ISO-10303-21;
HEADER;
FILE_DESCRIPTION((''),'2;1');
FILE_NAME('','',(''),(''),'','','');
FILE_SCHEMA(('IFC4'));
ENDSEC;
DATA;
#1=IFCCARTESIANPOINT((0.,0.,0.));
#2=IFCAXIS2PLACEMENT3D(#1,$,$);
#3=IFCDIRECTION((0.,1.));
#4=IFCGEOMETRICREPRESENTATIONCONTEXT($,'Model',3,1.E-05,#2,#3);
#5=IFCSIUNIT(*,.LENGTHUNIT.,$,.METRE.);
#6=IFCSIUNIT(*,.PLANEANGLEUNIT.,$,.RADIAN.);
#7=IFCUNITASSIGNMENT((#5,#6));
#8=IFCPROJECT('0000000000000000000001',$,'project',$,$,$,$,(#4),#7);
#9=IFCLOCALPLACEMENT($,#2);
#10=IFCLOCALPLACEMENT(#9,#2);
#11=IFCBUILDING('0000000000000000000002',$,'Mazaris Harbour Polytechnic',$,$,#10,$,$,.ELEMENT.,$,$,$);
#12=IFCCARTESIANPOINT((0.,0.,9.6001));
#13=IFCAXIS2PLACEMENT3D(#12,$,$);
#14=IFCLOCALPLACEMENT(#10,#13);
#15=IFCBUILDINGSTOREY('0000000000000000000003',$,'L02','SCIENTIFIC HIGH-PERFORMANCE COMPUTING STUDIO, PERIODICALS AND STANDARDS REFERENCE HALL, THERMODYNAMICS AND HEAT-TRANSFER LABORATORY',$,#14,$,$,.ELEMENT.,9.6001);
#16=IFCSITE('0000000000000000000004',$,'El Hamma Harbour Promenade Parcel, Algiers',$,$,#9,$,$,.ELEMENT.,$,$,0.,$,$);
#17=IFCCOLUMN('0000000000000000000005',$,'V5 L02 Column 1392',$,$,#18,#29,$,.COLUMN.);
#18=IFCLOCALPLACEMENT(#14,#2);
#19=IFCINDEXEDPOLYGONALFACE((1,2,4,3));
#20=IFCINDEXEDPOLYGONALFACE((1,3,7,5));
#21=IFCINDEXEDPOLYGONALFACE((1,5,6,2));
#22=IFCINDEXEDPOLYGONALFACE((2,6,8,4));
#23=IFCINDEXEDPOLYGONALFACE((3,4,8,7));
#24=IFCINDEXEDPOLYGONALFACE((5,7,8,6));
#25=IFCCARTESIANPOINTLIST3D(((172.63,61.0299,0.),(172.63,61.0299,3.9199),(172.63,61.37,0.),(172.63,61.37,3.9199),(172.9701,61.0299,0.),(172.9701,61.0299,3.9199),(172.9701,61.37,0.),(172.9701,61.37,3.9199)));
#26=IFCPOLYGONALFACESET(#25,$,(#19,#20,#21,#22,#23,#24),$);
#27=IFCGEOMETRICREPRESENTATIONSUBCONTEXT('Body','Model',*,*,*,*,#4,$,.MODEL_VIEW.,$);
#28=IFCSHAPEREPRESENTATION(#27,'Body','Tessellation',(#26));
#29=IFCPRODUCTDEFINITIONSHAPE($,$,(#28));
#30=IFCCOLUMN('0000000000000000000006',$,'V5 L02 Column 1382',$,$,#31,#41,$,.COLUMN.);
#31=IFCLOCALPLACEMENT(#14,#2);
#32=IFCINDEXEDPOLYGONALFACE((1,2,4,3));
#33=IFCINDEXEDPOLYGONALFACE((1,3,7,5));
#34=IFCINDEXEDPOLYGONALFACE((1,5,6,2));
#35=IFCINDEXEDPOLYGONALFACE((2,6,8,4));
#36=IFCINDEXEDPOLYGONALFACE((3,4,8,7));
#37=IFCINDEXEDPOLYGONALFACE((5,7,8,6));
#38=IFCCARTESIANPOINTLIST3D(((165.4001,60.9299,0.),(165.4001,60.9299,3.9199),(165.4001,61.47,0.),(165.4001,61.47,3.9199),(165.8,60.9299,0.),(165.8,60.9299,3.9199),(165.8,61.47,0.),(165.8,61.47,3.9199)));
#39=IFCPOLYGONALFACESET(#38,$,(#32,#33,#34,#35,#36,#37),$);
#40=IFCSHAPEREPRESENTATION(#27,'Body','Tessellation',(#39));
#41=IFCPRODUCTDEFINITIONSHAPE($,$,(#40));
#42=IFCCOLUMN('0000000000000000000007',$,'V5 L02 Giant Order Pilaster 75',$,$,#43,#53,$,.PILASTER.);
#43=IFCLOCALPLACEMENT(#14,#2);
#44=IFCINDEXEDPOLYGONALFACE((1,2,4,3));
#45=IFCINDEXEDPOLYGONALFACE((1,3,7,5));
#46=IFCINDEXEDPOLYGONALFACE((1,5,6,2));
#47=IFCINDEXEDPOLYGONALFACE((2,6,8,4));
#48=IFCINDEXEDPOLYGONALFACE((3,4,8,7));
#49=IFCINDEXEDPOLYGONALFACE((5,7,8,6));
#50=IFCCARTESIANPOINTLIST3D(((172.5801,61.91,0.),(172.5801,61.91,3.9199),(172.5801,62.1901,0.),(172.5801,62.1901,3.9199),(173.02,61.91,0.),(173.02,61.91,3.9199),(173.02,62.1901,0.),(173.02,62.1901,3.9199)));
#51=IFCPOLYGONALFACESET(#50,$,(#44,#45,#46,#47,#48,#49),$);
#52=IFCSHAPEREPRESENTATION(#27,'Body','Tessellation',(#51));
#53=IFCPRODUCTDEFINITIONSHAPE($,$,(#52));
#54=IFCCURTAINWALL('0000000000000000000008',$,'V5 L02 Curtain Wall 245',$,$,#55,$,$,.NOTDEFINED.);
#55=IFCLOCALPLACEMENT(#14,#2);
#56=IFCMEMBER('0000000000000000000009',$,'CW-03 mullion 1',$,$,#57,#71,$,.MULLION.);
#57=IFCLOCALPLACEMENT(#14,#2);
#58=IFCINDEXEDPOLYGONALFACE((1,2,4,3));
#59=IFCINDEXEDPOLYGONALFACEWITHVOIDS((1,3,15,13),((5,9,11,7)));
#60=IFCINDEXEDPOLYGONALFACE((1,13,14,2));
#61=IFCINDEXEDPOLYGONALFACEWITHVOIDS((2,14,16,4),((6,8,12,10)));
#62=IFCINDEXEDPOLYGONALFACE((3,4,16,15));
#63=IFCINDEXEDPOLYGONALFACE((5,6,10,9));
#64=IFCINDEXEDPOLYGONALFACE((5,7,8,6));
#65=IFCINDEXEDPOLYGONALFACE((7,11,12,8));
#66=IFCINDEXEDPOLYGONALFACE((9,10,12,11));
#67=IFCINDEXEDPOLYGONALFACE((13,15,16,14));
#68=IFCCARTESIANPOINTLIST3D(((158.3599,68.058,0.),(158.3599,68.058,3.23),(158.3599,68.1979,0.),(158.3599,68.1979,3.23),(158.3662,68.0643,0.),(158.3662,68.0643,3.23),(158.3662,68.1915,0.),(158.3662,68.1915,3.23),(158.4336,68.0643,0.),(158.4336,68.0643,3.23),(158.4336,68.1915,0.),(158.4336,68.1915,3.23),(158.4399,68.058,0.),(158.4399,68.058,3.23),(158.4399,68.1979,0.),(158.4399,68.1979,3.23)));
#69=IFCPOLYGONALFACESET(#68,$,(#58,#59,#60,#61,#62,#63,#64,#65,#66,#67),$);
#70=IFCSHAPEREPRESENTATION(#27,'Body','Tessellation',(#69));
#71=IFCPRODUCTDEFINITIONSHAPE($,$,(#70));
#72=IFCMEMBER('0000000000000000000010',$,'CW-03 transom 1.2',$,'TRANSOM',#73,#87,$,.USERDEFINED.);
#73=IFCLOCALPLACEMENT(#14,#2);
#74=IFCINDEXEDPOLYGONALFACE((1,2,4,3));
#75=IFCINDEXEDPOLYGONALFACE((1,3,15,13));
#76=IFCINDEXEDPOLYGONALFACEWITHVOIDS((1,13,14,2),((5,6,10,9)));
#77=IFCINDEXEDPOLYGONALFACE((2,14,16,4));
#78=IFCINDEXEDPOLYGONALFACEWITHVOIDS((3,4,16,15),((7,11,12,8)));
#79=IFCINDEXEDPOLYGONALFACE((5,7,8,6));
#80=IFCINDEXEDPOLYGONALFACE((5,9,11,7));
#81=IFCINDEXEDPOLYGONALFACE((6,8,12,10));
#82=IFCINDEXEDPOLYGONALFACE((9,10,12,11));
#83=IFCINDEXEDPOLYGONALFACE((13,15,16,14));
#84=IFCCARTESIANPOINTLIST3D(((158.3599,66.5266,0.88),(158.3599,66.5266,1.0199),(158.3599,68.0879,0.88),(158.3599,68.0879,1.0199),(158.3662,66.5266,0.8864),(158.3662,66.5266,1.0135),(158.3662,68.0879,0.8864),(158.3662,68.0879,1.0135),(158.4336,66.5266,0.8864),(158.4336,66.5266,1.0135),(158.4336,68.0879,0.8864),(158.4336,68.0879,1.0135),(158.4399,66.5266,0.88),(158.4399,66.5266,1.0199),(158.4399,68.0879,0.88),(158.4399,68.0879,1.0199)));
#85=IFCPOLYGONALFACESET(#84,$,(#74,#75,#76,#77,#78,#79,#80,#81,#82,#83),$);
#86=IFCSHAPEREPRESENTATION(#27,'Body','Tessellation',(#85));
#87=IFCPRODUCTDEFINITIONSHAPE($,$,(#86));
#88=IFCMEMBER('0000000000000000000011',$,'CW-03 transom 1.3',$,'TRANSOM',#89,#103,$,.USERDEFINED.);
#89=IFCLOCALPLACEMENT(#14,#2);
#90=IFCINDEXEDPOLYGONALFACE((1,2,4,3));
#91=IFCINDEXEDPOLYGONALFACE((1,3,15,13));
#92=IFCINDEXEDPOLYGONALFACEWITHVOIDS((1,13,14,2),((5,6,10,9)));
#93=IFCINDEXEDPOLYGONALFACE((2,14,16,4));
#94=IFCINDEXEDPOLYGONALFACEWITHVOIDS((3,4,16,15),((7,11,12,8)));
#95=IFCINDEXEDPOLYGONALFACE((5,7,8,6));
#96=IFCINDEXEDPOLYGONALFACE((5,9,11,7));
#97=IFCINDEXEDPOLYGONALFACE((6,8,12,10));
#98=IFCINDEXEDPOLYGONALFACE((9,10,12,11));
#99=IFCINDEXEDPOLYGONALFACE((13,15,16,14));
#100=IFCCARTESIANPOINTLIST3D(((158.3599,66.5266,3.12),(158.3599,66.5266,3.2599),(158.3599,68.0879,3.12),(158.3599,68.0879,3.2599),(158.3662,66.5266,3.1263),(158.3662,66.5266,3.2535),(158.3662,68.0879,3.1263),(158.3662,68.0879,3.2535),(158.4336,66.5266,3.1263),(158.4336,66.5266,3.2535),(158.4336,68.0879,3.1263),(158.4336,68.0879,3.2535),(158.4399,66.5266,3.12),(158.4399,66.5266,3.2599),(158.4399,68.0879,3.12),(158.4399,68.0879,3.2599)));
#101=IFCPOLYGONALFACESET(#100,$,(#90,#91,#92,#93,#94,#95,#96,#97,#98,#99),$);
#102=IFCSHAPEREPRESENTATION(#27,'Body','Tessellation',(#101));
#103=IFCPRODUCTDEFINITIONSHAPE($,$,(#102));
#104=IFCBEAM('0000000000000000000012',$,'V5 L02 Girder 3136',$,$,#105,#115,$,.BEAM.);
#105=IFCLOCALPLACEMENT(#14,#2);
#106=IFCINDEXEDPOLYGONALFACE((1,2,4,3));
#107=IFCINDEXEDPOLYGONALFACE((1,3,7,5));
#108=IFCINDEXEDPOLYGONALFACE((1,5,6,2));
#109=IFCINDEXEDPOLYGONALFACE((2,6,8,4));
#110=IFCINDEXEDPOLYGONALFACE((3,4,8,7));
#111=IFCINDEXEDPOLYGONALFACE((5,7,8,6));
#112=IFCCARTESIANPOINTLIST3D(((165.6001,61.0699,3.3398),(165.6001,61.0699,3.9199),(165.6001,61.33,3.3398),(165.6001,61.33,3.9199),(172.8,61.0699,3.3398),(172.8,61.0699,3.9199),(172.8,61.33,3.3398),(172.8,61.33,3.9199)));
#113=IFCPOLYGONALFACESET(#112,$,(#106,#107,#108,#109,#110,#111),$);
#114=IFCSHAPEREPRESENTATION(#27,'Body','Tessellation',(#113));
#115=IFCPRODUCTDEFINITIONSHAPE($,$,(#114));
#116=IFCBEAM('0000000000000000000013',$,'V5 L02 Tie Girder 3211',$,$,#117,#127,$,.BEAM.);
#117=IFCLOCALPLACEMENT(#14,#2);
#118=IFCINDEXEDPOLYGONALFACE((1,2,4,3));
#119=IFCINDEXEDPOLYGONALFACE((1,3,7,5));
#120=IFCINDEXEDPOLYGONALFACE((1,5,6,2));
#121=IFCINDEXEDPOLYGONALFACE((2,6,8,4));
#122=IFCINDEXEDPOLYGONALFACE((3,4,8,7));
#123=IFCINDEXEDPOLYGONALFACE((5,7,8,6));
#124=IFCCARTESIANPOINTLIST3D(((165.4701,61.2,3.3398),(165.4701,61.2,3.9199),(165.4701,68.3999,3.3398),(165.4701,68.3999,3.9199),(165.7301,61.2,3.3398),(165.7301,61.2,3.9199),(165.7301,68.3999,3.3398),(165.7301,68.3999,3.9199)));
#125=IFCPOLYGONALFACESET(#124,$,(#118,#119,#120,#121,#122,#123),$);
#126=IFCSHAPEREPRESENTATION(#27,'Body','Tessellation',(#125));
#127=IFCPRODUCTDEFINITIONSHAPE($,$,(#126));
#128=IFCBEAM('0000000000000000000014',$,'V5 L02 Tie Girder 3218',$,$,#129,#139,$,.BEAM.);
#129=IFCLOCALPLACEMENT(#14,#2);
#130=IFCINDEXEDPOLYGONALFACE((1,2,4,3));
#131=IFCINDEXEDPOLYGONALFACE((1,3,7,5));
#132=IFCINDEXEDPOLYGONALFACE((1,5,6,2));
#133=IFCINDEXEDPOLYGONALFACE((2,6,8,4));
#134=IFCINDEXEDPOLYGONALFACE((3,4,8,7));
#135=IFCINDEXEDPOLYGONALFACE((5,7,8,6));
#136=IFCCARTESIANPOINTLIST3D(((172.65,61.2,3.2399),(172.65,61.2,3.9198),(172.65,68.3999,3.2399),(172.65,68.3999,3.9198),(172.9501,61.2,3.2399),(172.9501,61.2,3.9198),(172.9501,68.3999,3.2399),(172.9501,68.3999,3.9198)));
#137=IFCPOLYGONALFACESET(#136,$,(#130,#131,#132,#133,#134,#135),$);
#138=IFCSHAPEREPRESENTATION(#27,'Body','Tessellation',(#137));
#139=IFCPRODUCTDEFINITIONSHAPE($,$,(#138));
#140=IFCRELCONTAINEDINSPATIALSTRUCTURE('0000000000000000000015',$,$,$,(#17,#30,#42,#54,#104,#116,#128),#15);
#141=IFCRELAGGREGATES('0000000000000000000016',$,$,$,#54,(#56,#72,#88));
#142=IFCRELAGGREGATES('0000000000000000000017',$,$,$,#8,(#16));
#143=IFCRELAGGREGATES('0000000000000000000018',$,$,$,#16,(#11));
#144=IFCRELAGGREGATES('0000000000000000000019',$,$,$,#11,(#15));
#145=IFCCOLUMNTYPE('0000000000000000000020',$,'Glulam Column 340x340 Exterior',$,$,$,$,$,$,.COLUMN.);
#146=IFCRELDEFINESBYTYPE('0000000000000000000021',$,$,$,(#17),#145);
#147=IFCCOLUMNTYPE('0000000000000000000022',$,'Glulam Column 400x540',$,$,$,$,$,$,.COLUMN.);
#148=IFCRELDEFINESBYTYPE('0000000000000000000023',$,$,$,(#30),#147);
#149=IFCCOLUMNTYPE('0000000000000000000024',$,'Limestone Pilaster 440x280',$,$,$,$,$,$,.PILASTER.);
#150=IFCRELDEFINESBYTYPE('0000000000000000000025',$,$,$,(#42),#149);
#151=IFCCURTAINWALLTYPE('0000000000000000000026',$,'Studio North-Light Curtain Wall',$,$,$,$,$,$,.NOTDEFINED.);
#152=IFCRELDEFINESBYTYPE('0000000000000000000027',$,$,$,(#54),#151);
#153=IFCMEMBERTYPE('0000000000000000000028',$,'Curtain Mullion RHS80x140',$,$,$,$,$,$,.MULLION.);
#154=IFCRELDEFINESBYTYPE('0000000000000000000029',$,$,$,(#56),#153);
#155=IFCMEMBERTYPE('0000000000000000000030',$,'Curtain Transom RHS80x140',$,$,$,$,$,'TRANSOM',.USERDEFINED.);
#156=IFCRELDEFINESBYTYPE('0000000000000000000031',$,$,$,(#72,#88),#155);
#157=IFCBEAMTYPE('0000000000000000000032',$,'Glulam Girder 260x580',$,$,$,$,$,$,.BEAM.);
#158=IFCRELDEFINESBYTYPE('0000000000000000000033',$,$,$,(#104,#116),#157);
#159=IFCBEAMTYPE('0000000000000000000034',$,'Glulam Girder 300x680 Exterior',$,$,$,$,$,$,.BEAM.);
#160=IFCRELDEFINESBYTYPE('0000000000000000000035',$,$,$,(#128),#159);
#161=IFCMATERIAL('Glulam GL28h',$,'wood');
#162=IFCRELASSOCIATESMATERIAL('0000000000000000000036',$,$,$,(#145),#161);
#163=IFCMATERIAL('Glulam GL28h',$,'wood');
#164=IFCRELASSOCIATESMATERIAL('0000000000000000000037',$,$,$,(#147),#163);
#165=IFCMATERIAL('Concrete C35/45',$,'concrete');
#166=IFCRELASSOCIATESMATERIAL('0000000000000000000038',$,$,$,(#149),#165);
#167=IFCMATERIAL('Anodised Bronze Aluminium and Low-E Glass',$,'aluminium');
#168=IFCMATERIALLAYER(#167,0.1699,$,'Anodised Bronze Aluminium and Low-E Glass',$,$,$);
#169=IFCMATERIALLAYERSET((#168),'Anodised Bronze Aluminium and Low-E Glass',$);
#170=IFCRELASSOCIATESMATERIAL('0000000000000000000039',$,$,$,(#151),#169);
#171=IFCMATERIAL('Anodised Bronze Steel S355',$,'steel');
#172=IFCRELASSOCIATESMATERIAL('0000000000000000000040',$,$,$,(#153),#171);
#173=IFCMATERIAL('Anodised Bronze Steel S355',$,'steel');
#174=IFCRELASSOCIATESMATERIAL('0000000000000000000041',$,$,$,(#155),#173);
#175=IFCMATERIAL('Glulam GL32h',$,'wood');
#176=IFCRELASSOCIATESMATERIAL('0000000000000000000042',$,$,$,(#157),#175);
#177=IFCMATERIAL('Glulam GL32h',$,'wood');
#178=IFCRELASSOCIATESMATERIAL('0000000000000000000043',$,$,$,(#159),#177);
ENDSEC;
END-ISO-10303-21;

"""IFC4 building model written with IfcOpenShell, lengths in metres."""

from ifc_helpers import new_model, si_unit, direction, frame, origin, origin_2d, place, context, subcontext, project, spatial, rectangle, hollow_rectangle, extrude, material, layer, layer_set, material_profile, profile_set, type_object, element, aggregate, save


model = new_model("IFC4")

# Units and contexts
model_context = context("Model", 3, precision=1e-05, world=origin(), true_north=direction((0.0, 1.0)))
body_context = subcontext(model_context, "Body", "Model", "MODEL_VIEW")
ifc_project = project(units=[si_unit("LENGTHUNIT", "METRE"), si_unit("PLANEANGLEUNIT", "RADIAN")], contexts=[model_context])

# Site, building, storey
site_placement = place(None, origin())
site = spatial("IfcSite", under=ifc_project, at=site_placement, Name="El Hamma Harbour Promenade Parcel, Algiers", CompositionType="ELEMENT", RefElevation=0.0)
building_placement = place(site_placement, origin())
building = spatial("IfcBuilding", under=site, at=building_placement, Name="Mazaris Harbour Polytechnic", CompositionType="ELEMENT")
storey_placement = place(building_placement, frame((0.0, 0.0, 9.6001)))
storey = spatial("IfcBuildingStorey", under=building, at=storey_placement, Name="L02", Description="SCIENTIFIC HIGH-PERFORMANCE COMPUTING STUDIO, PERIODICALS AND STANDARDS REFERENCE HALL, THERMODYNAMICS AND HEAT-TRANSFER LABORATORY", CompositionType="ELEMENT", Elevation=9.6001)

# Columns
ifc_material_1 = material(Name="Glulam GL28h", Category="wood")
ifc_material_profile_1 = material_profile(ifc_material_1, rectangle(XDim=0.3401, YDim=0.3401, at=origin_2d()), Name="RECT340x340")
ifc_profile_set_1 = profile_set([ifc_material_profile_1], Name="Glulam GL28h")
column_type_1 = type_object("IfcColumnType", Name="Glulam Column 340x340 Exterior", PredefinedType="COLUMN", material=ifc_profile_set_1)
column_1_placement = place(storey_placement, frame((172.8, 61.2, 0.0), z_axis=(0.0, 0.0, 1.0), x_axis=(1.0, 0.0, 0.0)))
element("IfcColumn", 1, at=column_1_placement, inside=storey, type_object=column_type_1, Name="V5 L02 Column 1392", PredefinedType="COLUMN", context=body_context, shape_type="SweptSolid", body=[
    extrude(rectangle(XDim=0.3401, YDim=0.3401, at=origin_2d()), origin(), (0.0, 0.0, 1.0), 3.9199),
])
ifc_material_2 = material(Name="Glulam GL28h", Category="wood")
ifc_material_profile_2 = material_profile(ifc_material_2, rectangle(XDim=0.3999, YDim=0.54, at=origin_2d()), Name="RECT400x540")
ifc_profile_set_2 = profile_set([ifc_material_profile_2], Name="Glulam GL28h")
column_type_2 = type_object("IfcColumnType", Name="Glulam Column 400x540", PredefinedType="COLUMN", material=ifc_profile_set_2)
column_2_placement = place(storey_placement, frame((165.6001, 61.2, 0.0), z_axis=(0.0, 0.0, 1.0), x_axis=(1.0, 0.0, 0.0)))
element("IfcColumn", 2, at=column_2_placement, inside=storey, type_object=column_type_2, Name="V5 L02 Column 1382", PredefinedType="COLUMN", context=body_context, shape_type="SweptSolid", body=[
    extrude(rectangle(XDim=0.3999, YDim=0.54, at=origin_2d()), origin(), (0.0, 0.0, 1.0), 3.9199),
])
ifc_material_3 = material(Name="Concrete C35/45", Category="concrete")
ifc_material_profile_3 = material_profile(ifc_material_3, rectangle(XDim=0.4399, YDim=0.28, at=origin_2d()), Name="RECT440x280")
ifc_profile_set_3 = profile_set([ifc_material_profile_3], Name="Concrete C35/45")
column_type_3 = type_object("IfcColumnType", Name="Limestone Pilaster 440x280", PredefinedType="PILASTER", material=ifc_profile_set_3)
column_3_placement = place(storey_placement, frame((172.8, 62.05, 0.0), z_axis=(0.0, 0.0, 1.0), x_axis=(1.0, 0.0, 0.0)))
element("IfcColumn", 3, at=column_3_placement, inside=storey, type_object=column_type_3, Name="V5 L02 Giant Order Pilaster 75", PredefinedType="PILASTER", context=body_context, shape_type="SweptSolid", body=[
    extrude(rectangle(XDim=0.4399, YDim=0.28, at=origin_2d()), origin(), (0.0, 0.0, 1.0), 3.9199),
])

# Curtain wall, members
ifc_material_4 = material(Name="Anodised Bronze Aluminium and Low-E Glass", Category="aluminium")
ifc_layer_1 = layer(ifc_material_4, 0.1699, Name="Anodised Bronze Aluminium and Low-E Glass")
ifc_layer_set_1 = layer_set([ifc_layer_1], Name="Anodised Bronze Aluminium and Low-E Glass")
curtain_wall_type = type_object("IfcCurtainWallType", Name="Studio North-Light Curtain Wall", PredefinedType="NOTDEFINED", material=ifc_layer_set_1)
curtain_wall_placement = place(storey_placement, origin())
curtain_wall = element("IfcCurtainWall", 4, at=curtain_wall_placement, inside=storey, type_object=curtain_wall_type, Name="V5 L02 Curtain Wall 245", PredefinedType="NOTDEFINED")
ifc_material_5 = material(Name="Anodised Bronze Steel S355", Category="steel")
ifc_material_profile_4 = material_profile(ifc_material_5, hollow_rectangle(XDim=0.0801, YDim=0.1399, WallThickness=0.0063, at=origin_2d()), Name="RHS 80x140x6.3")
ifc_profile_set_4 = profile_set([ifc_material_profile_4], Name="Anodised Bronze Steel S355")
member_type_1 = type_object("IfcMemberType", Name="Curtain Mullion RHS80x140", PredefinedType="MULLION", material=ifc_profile_set_4)
member_1_placement = place(storey_placement, frame((158.3999, 68.1279, 0.0), z_axis=(0.0, 0.0, 1.0), x_axis=(1.0, 0.0, 0.0)))
member_1 = element("IfcMember", 5, at=member_1_placement, type_object=member_type_1, Name="CW-03 mullion 1", PredefinedType="MULLION", context=body_context, shape_type="SweptSolid", body=[
    extrude(hollow_rectangle(XDim=0.0801, YDim=0.1399, WallThickness=0.0063, at=origin_2d()), origin(), (0.0, 0.0, 1.0), 3.23),
])
ifc_material_6 = material(Name="Anodised Bronze Steel S355", Category="steel")
ifc_material_profile_5 = material_profile(ifc_material_6, hollow_rectangle(XDim=0.0801, YDim=0.1399, WallThickness=0.0063, at=origin_2d()), Name="RHS 80x140x6.3")
ifc_profile_set_5 = profile_set([ifc_material_profile_5], Name="Anodised Bronze Steel S355")
member_type_2 = type_object("IfcMemberType", Name="Curtain Transom RHS80x140", ElementType="TRANSOM", PredefinedType="USERDEFINED", material=ifc_profile_set_5)
member_2_placement = place(storey_placement, frame((158.3999, 68.0879, 0.95), z_axis=(0.0, -1.0, 0.0), x_axis=(1.0, 0.0, 0.0)))
member_2 = element("IfcMember", 6, at=member_2_placement, type_object=member_type_2, Name="CW-03 transom 1.2", ObjectType="TRANSOM", PredefinedType="USERDEFINED", context=body_context, shape_type="SweptSolid", body=[
    extrude(hollow_rectangle(XDim=0.0801, YDim=0.1399, WallThickness=0.0063, at=origin_2d()), origin(), (0.0, 0.0, 1.0), 1.5613),
])
member_3_placement = place(storey_placement, frame((158.3999, 68.0879, 3.1899), z_axis=(0.0, -1.0, 0.0), x_axis=(1.0, 0.0, 0.0)))
member_3 = element("IfcMember", 7, at=member_3_placement, type_object=member_type_2, Name="CW-03 transom 1.3", ObjectType="TRANSOM", PredefinedType="USERDEFINED", context=body_context, shape_type="SweptSolid", body=[
    extrude(hollow_rectangle(XDim=0.0801, YDim=0.1399, WallThickness=0.0063, at=origin_2d()), origin(), (0.0, 0.0, 1.0), 1.5613),
])
aggregate(curtain_wall, [member_1, member_2, member_3])

# Beams
ifc_material_7 = material(Name="Glulam GL32h", Category="wood")
ifc_material_profile_6 = material_profile(ifc_material_7, rectangle(XDim=0.26, YDim=0.5801, at=origin_2d()), Name="RECT260x580")
ifc_profile_set_6 = profile_set([ifc_material_profile_6], Name="Glulam GL32h")
beam_type_1 = type_object("IfcBeamType", Name="Glulam Girder 260x580", PredefinedType="BEAM", material=ifc_profile_set_6)
for number, where, z_axis, x_axis, name in (
    (8, (165.6001, 61.2, 3.6299), (1.0, 0.0, 0.0), (0.0, 1.0, 0.0), "V5 L02 Girder 3136"),
    (9, (165.6001, 61.2, 3.6299), (0.0, 1.0, 0.0), (-1.0, 0.0, 0.0), "V5 L02 Tie Girder 3211"),
):
    element("IfcBeam", number, at=place(storey_placement, frame(where, z_axis=z_axis, x_axis=x_axis)), inside=storey, type_object=beam_type_1, Name=name, PredefinedType="BEAM", context=body_context, shape_type="SweptSolid", body=[
        extrude(rectangle(XDim=0.26, YDim=0.5801, at=origin_2d()), origin(), (0.0, 0.0, 1.0), 7.2),
    ])
ifc_material_8 = material(Name="Glulam GL32h", Category="wood")
ifc_material_profile_7 = material_profile(ifc_material_8, rectangle(XDim=0.3, YDim=0.6799, at=origin_2d()), Name="RECT300x680")
ifc_profile_set_7 = profile_set([ifc_material_profile_7], Name="Glulam GL32h")
beam_type_2 = type_object("IfcBeamType", Name="Glulam Girder 300x680 Exterior", PredefinedType="BEAM", material=ifc_profile_set_7)
beam_1_placement = place(storey_placement, frame((172.8, 61.2, 3.5798), z_axis=(0.0, 1.0, 0.0), x_axis=(-1.0, 0.0, 0.0)))
element("IfcBeam", 10, at=beam_1_placement, inside=storey, type_object=beam_type_2, Name="V5 L02 Tie Girder 3218", PredefinedType="BEAM", context=body_context, shape_type="SweptSolid", body=[
    extrude(rectangle(XDim=0.3, YDim=0.6799, at=origin_2d()), origin(), (0.0, 0.0, 1.0), 7.2),
])

save(model, "model.ifc")
